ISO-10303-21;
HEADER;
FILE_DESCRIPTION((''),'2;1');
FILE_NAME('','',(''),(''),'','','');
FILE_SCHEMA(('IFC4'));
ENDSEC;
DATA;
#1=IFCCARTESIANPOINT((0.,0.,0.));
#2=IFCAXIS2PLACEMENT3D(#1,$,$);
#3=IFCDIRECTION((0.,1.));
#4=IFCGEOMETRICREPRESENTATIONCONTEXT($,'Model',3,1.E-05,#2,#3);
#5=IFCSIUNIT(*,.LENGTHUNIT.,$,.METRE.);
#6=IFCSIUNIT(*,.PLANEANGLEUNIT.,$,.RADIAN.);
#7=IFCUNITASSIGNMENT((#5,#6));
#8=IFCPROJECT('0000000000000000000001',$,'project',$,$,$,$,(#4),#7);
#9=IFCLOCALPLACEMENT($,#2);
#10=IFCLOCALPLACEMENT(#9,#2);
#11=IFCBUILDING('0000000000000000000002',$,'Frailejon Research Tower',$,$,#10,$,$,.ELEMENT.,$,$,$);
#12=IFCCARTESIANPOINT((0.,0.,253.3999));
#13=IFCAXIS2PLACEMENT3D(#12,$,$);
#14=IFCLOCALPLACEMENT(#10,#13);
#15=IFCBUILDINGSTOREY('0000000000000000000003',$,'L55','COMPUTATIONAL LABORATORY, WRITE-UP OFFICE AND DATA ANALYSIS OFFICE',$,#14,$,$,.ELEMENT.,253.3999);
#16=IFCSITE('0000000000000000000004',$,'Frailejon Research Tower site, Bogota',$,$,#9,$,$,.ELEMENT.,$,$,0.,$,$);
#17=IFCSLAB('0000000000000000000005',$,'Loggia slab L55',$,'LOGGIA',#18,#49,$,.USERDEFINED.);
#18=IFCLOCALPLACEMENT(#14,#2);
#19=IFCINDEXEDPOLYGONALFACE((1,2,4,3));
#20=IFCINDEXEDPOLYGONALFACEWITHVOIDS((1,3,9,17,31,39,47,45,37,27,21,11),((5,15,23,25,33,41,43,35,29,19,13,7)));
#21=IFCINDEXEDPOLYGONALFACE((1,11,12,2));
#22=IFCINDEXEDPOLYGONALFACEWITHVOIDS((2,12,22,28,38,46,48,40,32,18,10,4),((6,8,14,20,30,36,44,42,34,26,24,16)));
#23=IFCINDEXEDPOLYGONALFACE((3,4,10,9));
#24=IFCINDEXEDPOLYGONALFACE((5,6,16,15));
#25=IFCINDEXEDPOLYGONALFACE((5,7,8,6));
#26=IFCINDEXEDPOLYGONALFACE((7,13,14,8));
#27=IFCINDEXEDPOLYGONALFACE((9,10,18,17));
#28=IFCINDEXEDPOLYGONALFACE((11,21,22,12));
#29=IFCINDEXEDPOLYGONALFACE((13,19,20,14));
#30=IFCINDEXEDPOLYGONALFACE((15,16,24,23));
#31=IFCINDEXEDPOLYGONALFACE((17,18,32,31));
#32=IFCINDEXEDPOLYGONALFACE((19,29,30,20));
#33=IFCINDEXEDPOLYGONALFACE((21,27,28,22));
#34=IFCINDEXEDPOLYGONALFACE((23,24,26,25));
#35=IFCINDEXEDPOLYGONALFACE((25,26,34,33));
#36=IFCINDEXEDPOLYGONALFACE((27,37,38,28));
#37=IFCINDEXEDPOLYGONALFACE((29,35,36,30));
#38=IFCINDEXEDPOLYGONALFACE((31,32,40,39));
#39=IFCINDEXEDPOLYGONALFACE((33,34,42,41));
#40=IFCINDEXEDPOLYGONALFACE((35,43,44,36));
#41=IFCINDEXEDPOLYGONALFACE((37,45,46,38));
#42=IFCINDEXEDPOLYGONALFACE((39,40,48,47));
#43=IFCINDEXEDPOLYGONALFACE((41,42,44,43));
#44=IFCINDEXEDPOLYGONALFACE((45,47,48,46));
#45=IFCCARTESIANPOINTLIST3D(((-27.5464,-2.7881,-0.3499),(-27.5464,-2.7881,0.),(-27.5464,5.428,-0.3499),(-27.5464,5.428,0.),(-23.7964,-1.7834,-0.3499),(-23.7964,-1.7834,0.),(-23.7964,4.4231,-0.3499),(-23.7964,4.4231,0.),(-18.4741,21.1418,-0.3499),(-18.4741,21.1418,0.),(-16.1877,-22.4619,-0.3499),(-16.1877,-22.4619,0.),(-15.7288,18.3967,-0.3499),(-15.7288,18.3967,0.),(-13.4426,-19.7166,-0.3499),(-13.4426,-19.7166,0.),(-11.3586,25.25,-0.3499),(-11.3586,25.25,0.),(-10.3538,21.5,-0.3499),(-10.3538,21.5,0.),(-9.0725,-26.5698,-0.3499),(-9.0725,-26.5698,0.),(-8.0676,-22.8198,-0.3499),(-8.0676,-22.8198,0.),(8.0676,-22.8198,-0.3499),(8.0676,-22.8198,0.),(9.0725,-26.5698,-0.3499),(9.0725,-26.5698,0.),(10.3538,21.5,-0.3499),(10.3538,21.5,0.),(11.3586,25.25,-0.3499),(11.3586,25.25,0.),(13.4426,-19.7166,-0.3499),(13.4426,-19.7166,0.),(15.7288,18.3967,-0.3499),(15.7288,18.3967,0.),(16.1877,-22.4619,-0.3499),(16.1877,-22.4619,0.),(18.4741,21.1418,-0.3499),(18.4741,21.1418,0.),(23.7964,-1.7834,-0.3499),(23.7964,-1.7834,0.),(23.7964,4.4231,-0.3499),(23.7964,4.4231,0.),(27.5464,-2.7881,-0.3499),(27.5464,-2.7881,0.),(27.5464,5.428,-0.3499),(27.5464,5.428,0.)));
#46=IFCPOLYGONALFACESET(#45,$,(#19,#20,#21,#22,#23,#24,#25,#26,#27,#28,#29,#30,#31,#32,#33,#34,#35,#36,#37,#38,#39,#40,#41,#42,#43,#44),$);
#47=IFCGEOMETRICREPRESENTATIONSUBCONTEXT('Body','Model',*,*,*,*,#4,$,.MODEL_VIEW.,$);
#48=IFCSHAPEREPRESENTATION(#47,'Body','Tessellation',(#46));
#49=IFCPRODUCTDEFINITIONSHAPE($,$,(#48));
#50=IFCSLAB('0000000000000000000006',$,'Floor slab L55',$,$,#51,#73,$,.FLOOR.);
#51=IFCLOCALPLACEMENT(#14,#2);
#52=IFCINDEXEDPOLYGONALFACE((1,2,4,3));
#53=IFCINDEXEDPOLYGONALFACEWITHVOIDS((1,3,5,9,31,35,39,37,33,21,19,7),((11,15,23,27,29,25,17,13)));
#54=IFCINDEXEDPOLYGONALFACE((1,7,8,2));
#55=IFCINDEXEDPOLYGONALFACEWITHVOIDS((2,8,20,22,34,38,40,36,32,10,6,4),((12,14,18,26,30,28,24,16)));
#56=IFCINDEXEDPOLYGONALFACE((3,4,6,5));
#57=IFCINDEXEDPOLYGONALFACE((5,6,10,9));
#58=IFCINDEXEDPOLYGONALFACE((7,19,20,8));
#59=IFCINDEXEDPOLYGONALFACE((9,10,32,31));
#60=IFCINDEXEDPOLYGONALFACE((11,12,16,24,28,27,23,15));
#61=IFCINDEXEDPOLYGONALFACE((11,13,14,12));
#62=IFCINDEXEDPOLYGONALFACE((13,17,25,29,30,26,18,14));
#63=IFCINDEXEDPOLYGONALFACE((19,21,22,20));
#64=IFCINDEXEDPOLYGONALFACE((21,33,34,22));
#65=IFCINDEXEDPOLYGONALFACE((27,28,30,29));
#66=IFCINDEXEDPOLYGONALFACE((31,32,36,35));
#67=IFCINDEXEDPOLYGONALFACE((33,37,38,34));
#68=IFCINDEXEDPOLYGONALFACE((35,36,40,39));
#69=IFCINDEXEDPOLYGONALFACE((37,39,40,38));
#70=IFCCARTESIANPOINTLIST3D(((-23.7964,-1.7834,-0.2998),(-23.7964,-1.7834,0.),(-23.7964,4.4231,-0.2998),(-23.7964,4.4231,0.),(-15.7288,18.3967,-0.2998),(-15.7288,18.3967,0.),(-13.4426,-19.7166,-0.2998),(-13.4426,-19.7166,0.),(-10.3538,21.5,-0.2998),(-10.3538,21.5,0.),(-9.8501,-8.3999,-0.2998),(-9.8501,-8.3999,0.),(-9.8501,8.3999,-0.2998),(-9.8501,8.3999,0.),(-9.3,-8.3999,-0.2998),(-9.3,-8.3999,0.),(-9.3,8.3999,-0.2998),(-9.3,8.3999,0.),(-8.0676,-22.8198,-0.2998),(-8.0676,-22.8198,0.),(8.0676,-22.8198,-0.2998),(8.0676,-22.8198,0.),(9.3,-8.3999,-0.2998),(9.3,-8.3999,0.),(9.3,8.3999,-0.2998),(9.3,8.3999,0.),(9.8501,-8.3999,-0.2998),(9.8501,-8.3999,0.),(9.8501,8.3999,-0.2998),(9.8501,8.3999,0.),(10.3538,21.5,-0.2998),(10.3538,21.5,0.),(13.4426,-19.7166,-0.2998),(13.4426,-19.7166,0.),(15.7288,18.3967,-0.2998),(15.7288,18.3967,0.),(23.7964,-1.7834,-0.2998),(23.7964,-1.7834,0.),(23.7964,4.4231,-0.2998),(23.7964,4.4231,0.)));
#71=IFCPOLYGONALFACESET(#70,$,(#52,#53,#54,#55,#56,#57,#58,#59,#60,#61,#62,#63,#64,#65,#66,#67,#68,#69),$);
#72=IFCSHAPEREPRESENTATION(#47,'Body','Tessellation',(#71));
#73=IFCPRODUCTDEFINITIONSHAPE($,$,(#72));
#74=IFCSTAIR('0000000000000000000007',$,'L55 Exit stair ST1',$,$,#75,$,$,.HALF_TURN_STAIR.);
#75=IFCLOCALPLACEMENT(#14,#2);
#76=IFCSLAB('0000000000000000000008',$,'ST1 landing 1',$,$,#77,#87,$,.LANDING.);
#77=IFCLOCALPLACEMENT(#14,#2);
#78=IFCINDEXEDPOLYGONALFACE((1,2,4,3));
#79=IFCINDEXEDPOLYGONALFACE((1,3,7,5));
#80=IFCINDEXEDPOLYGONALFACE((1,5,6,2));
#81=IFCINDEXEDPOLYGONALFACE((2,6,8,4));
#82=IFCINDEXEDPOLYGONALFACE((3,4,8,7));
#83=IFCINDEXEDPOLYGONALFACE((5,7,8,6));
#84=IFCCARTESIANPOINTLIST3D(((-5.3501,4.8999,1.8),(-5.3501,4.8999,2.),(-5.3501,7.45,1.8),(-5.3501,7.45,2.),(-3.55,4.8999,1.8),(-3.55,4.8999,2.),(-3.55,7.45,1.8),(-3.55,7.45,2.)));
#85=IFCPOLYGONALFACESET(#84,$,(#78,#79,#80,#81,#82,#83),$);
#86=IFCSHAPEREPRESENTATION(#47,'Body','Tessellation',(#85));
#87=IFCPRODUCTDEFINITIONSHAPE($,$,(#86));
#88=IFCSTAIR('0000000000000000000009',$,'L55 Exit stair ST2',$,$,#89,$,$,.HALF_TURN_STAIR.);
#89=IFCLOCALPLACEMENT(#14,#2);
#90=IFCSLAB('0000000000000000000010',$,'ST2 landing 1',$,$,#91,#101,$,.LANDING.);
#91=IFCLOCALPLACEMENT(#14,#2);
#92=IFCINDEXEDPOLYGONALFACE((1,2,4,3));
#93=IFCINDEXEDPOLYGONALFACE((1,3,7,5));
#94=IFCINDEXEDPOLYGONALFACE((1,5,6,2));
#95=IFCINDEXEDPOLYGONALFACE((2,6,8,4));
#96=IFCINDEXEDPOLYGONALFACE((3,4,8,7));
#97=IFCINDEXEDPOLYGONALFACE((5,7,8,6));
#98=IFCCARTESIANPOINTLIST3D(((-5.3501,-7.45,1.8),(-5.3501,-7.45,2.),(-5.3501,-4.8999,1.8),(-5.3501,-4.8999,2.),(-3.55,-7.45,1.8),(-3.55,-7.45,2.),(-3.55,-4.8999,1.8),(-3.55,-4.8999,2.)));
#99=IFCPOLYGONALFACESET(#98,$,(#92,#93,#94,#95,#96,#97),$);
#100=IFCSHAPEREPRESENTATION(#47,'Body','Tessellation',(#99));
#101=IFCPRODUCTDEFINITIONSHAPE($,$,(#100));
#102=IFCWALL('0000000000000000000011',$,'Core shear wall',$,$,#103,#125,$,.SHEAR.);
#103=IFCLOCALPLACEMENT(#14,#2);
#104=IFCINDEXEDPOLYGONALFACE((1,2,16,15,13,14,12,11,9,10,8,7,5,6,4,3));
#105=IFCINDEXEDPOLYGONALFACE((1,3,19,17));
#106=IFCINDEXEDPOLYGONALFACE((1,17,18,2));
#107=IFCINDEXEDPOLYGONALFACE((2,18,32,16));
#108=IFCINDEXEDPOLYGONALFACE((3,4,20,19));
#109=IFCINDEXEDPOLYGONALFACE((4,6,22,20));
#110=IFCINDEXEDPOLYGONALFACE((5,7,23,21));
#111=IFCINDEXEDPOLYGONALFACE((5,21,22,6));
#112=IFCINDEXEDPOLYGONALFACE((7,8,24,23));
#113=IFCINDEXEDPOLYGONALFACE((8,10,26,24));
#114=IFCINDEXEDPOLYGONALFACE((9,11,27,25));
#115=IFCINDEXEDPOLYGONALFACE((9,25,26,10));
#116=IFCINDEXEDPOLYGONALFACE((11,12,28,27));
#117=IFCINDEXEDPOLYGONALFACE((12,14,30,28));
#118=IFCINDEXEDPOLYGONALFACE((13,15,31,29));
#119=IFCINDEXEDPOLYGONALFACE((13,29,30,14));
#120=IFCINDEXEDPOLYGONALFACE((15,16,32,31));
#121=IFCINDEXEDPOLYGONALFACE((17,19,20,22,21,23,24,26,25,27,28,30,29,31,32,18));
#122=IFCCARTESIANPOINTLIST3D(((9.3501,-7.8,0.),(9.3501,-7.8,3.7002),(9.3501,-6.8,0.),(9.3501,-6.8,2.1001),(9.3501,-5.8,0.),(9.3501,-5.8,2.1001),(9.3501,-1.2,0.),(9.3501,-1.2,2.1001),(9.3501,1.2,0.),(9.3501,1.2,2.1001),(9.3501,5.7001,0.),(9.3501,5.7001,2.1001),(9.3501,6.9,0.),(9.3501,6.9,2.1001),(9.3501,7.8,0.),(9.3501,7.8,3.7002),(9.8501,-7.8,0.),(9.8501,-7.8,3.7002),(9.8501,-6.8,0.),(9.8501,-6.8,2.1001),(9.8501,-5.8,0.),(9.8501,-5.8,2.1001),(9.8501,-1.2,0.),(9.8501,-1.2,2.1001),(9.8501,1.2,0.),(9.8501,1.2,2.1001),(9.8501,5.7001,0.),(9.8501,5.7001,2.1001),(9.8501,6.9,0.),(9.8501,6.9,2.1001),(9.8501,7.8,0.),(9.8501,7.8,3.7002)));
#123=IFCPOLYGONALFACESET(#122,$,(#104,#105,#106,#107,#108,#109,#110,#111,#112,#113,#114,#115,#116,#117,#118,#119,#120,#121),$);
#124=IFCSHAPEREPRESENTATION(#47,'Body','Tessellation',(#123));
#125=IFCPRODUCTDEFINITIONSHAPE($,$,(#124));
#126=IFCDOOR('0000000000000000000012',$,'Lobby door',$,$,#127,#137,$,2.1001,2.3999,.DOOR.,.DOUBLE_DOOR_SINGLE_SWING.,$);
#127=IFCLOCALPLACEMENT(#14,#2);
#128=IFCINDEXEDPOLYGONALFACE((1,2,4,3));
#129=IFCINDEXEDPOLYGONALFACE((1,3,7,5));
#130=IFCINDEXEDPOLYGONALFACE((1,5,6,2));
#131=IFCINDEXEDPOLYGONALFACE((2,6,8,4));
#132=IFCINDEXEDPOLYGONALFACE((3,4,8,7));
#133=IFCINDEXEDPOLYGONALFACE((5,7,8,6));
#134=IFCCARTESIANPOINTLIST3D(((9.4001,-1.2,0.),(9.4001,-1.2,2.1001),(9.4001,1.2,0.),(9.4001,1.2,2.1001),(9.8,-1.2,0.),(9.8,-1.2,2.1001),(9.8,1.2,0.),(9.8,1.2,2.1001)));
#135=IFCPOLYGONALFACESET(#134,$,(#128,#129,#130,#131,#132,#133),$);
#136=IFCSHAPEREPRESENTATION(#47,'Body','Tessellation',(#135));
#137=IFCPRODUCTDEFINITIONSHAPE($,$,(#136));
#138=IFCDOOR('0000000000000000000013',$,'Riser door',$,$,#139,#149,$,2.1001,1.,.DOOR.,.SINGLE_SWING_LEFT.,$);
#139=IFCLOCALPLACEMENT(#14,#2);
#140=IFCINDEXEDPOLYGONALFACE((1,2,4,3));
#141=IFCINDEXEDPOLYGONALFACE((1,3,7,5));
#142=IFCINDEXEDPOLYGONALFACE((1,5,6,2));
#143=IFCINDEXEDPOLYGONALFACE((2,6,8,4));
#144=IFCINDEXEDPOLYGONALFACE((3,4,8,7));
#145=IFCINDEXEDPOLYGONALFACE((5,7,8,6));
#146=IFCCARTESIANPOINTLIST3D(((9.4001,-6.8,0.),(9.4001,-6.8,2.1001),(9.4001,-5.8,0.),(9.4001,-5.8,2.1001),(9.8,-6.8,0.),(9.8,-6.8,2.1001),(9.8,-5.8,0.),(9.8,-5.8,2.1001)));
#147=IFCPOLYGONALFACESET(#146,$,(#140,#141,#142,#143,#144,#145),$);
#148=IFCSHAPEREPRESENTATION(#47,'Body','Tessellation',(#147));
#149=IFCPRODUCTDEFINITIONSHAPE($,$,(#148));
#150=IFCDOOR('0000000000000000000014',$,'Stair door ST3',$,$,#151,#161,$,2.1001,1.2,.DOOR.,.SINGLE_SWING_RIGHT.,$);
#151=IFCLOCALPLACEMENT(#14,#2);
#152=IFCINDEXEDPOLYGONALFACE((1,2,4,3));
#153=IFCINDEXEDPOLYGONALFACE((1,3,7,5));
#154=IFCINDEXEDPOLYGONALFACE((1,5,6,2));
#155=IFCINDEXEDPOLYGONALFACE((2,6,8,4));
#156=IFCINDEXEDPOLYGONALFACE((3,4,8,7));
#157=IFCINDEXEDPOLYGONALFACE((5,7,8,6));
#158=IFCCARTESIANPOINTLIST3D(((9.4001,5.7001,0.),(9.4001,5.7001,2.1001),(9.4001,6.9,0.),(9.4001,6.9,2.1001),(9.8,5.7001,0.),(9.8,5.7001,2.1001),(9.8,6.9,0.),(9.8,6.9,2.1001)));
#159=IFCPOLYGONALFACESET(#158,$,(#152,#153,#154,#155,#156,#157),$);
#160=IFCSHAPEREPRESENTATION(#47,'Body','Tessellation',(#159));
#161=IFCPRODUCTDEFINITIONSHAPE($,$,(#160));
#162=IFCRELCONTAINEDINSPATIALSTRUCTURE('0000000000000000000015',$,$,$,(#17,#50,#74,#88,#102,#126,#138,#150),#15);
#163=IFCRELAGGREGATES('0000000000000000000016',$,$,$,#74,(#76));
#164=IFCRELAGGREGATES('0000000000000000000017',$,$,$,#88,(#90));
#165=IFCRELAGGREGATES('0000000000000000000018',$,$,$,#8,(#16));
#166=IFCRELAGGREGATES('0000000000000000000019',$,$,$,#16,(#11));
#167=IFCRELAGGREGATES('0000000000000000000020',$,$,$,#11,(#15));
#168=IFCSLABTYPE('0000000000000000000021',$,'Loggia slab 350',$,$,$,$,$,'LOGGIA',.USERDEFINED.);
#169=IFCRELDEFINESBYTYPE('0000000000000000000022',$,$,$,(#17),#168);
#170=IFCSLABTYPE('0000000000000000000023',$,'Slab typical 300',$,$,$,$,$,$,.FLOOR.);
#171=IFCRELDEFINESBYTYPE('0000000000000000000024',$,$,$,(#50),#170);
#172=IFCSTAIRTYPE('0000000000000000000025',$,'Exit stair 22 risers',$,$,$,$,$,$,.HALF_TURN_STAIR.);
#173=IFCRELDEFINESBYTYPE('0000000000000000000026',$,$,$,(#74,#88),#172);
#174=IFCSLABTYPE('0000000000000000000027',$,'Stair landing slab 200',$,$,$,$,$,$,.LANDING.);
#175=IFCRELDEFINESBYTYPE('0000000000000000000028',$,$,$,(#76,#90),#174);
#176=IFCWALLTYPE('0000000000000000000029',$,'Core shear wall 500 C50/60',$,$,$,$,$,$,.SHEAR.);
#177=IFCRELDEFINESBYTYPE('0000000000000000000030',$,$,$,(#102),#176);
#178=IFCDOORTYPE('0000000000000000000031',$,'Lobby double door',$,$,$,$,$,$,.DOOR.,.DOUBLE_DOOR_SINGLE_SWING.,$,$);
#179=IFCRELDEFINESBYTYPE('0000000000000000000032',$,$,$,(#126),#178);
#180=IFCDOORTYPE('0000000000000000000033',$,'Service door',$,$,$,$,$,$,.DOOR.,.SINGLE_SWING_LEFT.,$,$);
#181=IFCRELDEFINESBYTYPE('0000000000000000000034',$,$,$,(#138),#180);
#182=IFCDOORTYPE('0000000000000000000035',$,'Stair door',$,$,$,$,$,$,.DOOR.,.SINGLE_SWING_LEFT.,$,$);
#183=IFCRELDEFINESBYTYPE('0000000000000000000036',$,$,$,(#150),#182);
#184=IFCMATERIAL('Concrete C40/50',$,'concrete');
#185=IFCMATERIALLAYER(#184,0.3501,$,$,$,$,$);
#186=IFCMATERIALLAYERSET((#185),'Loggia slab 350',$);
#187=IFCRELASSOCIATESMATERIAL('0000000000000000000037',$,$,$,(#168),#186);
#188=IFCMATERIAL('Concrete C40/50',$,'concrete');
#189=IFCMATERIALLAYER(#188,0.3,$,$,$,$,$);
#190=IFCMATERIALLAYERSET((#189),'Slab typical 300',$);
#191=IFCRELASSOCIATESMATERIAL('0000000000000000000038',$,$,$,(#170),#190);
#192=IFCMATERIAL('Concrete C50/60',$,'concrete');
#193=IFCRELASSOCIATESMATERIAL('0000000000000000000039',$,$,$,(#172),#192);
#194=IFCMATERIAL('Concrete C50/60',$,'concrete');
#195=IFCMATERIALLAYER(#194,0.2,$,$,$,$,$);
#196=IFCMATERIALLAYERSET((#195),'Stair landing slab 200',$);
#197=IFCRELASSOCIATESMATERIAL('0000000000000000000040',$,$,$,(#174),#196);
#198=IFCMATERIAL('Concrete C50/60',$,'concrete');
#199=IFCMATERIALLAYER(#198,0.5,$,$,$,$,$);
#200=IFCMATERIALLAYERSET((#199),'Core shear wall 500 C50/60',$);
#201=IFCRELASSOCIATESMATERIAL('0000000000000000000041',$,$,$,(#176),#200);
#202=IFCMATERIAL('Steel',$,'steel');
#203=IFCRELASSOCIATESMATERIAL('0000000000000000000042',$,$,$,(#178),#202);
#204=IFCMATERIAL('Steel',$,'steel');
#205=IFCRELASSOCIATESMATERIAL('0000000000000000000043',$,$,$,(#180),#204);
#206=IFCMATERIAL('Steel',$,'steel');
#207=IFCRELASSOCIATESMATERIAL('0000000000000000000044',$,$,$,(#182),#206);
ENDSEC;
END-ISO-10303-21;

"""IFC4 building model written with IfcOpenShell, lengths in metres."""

from ifc_helpers import new_model, si_unit, direction, frame, frame_2d, origin, place, context, subcontext, project, spatial, polyline, rectangle, outline, extrude, material, layer, layer_set, type_object, element, fill, aggregate, save


model = new_model("IFC4")

# Units and contexts
model_context = context("Model", 3, precision=1e-05, world=origin(), true_north=direction((0.0, 1.0)))
body_context = subcontext(model_context, "Body", "Model", "MODEL_VIEW")
ifc_project = project(units=[si_unit("LENGTHUNIT", "METRE"), si_unit("PLANEANGLEUNIT", "RADIAN")], contexts=[model_context])

# Site, building, storey
site_placement = place(None, origin())
site = spatial("IfcSite", under=ifc_project, at=site_placement, Name="Frailejon Research Tower site, Bogota", CompositionType="ELEMENT", RefElevation=0.0)
building_placement = place(site_placement, origin())
building = spatial("IfcBuilding", under=site, at=building_placement, Name="Frailejon Research Tower", CompositionType="ELEMENT")
storey_placement = place(building_placement, frame((0.0, 0.0, 253.3999)))
storey = spatial("IfcBuildingStorey", under=building, at=storey_placement, Name="L55", Description="COMPUTATIONAL LABORATORY, WRITE-UP OFFICE AND DATA ANALYSIS OFFICE", CompositionType="ELEMENT", Elevation=253.3999)

# Slabs
ifc_material_1 = material(Name="Concrete C40/50", Category="concrete")
ifc_layer_1 = layer(ifc_material_1, 0.3501)
ifc_layer_set_1 = layer_set([ifc_layer_1], Name="Loggia slab 350")
slab_type_1 = type_object("IfcSlabType", Name="Loggia slab 350", ElementType="LOGGIA", PredefinedType="USERDEFINED", material=ifc_layer_set_1)
slab_1_placement = place(storey_placement, frame((0.0, 0.0, -0.3499)))
element("IfcSlab", 1, at=slab_1_placement, inside=storey, type_object=slab_type_1, Name="Loggia slab L55", ObjectType="LOGGIA", PredefinedType="USERDEFINED", context=body_context, shape_type="SweptSolid", body=[
    extrude(outline(polyline([(16.1877, -22.4619), (9.0725, -26.5698), (-9.0725, -26.5698), (-16.1877, -22.4619), (-27.5464, -2.7881), (-27.5464, 5.428), (-18.4741, 21.1418), (-11.3586, 25.25), (11.3586, 25.25), (18.4741, 21.1418), (27.5464, 5.428), (27.5464, -2.7881), (16.1877, -22.4619)]), holes=[polyline([(23.7964, 4.4231), (15.7288, 18.3967), (10.3538, 21.5), (-10.3538, 21.5), (-15.7288, 18.3967), (-23.7964, 4.4231), (-23.7964, -1.7834), (-13.4426, -19.7166), (-8.0676, -22.8198), (8.0676, -22.8198), (13.4426, -19.7166), (23.7964, -1.7834), (23.7964, 4.4231)])]), origin(), (0.0, 0.0, 1.0), 0.3499),
])
ifc_material_2 = material(Name="Concrete C40/50", Category="concrete")
ifc_layer_2 = layer(ifc_material_2, 0.3)
ifc_layer_set_2 = layer_set([ifc_layer_2], Name="Slab typical 300")
slab_type_2 = type_object("IfcSlabType", Name="Slab typical 300", PredefinedType="FLOOR", material=ifc_layer_set_2)
slab_2_placement = place(storey_placement, frame((0.0, 0.0, -0.2998)))
element("IfcSlab", 2, at=slab_2_placement, inside=storey, type_object=slab_type_2, Name="Floor slab L55", PredefinedType="FLOOR", context=body_context, shape_type="SweptSolid", body=[
    extrude(outline(polyline([(23.7964, -1.7834), (23.7964, 4.4231), (15.7288, 18.3967), (10.3538, 21.5), (-10.3538, 21.5), (-15.7288, 18.3967), (-23.7964, 4.4231), (-23.7964, -1.7834), (-13.4426, -19.7166), (-8.0676, -22.8198), (8.0676, -22.8198), (13.4426, -19.7166), (23.7964, -1.7834)]), holes=[polyline([(9.3, 8.3999), (9.8501, 8.3999), (9.8501, -8.3999), (9.3, -8.3999), (-9.3, -8.3999), (-9.8501, -8.3999), (-9.8501, 8.3999), (-9.3, 8.3999), (9.3, 8.3999)])]), origin(), (0.0, 0.0, 1.0), 0.2998),
])

# Stairs, slabs
ifc_material_3 = material(Name="Concrete C50/60", Category="concrete")
stair_type = type_object("IfcStairType", Name="Exit stair 22 risers", PredefinedType="HALF_TURN_STAIR", material=ifc_material_3)
stair_1_placement = place(storey_placement, origin())
stair_1 = element("IfcStair", 3, at=stair_1_placement, inside=storey, type_object=stair_type, Name="L55 Exit stair ST1", PredefinedType="HALF_TURN_STAIR")
ifc_material_4 = material(Name="Concrete C50/60", Category="concrete")
ifc_layer_3 = layer(ifc_material_4, 0.2)
ifc_layer_set_3 = layer_set([ifc_layer_3], Name="Stair landing slab 200")
slab_type_3 = type_object("IfcSlabType", Name="Stair landing slab 200", PredefinedType="LANDING", material=ifc_layer_set_3)
slab_3_placement = place(storey_placement, frame((0.0, 0.0, 1.8)))
slab_3 = element("IfcSlab", 4, at=slab_3_placement, type_object=slab_type_3, Name="ST1 landing 1", PredefinedType="LANDING", context=body_context, shape_type="SweptSolid", body=[
    extrude(outline(polyline([(-5.3501, 4.8999), (-3.55, 4.8999), (-3.55, 7.45), (-5.3501, 7.45), (-5.3501, 4.8999)])), origin(), (0.0, 0.0, 1.0), 0.2),
])
aggregate(stair_1, [slab_3])
stair_2_placement = place(storey_placement, origin())
stair_2 = element("IfcStair", 5, at=stair_2_placement, inside=storey, type_object=stair_type, Name="L55 Exit stair ST2", PredefinedType="HALF_TURN_STAIR")
slab_4_placement = place(storey_placement, frame((0.0, 0.0, 1.8)))
slab_4 = element("IfcSlab", 6, at=slab_4_placement, type_object=slab_type_3, Name="ST2 landing 1", PredefinedType="LANDING", context=body_context, shape_type="SweptSolid", body=[
    extrude(outline(polyline([(-5.3501, -7.45), (-3.55, -7.45), (-3.55, -4.8999), (-5.3501, -4.8999), (-5.3501, -7.45)])), origin(), (0.0, 0.0, 1.0), 0.2),
])
aggregate(stair_2, [slab_4])

# Wall, openings, doors
ifc_material_5 = material(Name="Concrete C50/60", Category="concrete")
ifc_layer_4 = layer(ifc_material_5, 0.5)
ifc_layer_set_4 = layer_set([ifc_layer_4], Name="Core shear wall 500 C50/60")
wall_type_1 = type_object("IfcWallType", Name="Core shear wall 500 C50/60", PredefinedType="SHEAR", material=ifc_layer_set_4)
wall_1_placement = place(storey_placement, frame((9.6001, -7.8, 0.0), z_axis=(0.0, 0.0, 1.0), x_axis=(0.0, 1.0, 0.0)))
wall_1 = element("IfcWall", 7, at=wall_1_placement, inside=storey, type_object=wall_type_1, Name="Core shear wall", PredefinedType="SHEAR", context=body_context, shape_type="SweptSolid", body=[
    extrude(rectangle(XDim=15.6001, YDim=0.5, at=frame_2d((7.8, 0.0))), origin(), (0.0, 0.0, 1.0), 3.7002),
])
opening_1_placement = place(wall_1_placement, frame((6.6001, 0.0, 0.0)))
opening_1 = element("IfcOpeningElement", 8, at=opening_1_placement, cuts=wall_1, PredefinedType="OPENING", context=body_context, shape_type="SweptSolid", body=[
    extrude(rectangle(XDim=2.3999, YDim=2.1001, at=frame_2d((1.2, 1.05))), frame((0.0, 0.26, 0.0), z_axis=(0.0, -1.0, 0.0), x_axis=(1.0, 0.0, 0.0)), (0.0, 0.0, 1.0), 0.52),
])
opening_2_placement = place(wall_1_placement, frame((13.5, 0.0, 0.0)))
opening_2 = element("IfcOpeningElement", 9, at=opening_2_placement, cuts=wall_1, PredefinedType="OPENING", context=body_context, shape_type="SweptSolid", body=[
    extrude(rectangle(XDim=1.2, YDim=2.1001, at=frame_2d((0.6001, 1.05))), frame((0.0, 0.26, 0.0), z_axis=(0.0, -1.0, 0.0), x_axis=(1.0, 0.0, 0.0)), (0.0, 0.0, 1.0), 0.52),
])
opening_3_placement = place(wall_1_placement, frame((1.0, 0.0, 0.0)))
opening_3 = element("IfcOpeningElement", 10, at=opening_3_placement, cuts=wall_1, PredefinedType="OPENING", context=body_context, shape_type="SweptSolid", body=[
    extrude(rectangle(XDim=1.0, YDim=2.1001, at=frame_2d((0.5, 1.05))), frame((0.0, 0.26, 0.0), z_axis=(0.0, -1.0, 0.0), x_axis=(1.0, 0.0, 0.0)), (0.0, 0.0, 1.0), 0.52),
])
ifc_material_6 = material(Name="Steel", Category="steel")
door_type_1 = type_object("IfcDoorType", Name="Lobby double door", OperationType="DOUBLE_DOOR_SINGLE_SWING", PredefinedType="DOOR", material=ifc_material_6)
door_1_placement = place(opening_1_placement, origin())
door_1 = element("IfcDoor", 11, at=door_1_placement, inside=storey, type_object=door_type_1, Name="Lobby door", OperationType="DOUBLE_DOOR_SINGLE_SWING", OverallHeight=2.1001, OverallWidth=2.3999, PredefinedType="DOOR", context=body_context, shape_type="SweptSolid", body=[
    extrude(rectangle(XDim=2.3999, YDim=2.1001, at=frame_2d((1.2, 1.05))), frame((0.0, 0.2, 0.0), z_axis=(0.0, -1.0, 0.0), x_axis=(1.0, 0.0, 0.0)), (0.0, 0.0, 1.0), 0.3999),
])
fill(opening_1, door_1)
ifc_material_7 = material(Name="Steel", Category="steel")
door_type_2 = type_object("IfcDoorType", Name="Service door", OperationType="SINGLE_SWING_LEFT", PredefinedType="DOOR", material=ifc_material_7)
door_2_placement = place(opening_3_placement, origin())
door_2 = element("IfcDoor", 12, at=door_2_placement, inside=storey, type_object=door_type_2, Name="Riser door", OperationType="SINGLE_SWING_LEFT", OverallHeight=2.1001, OverallWidth=1.0, PredefinedType="DOOR", context=body_context, shape_type="SweptSolid", body=[
    extrude(rectangle(XDim=1.0, YDim=2.1001, at=frame_2d((0.5, 1.05))), frame((0.0, 0.2, 0.0), z_axis=(0.0, -1.0, 0.0), x_axis=(1.0, 0.0, 0.0)), (0.0, 0.0, 1.0), 0.3999),
])
fill(opening_3, door_2)
ifc_material_8 = material(Name="Steel", Category="steel")
door_type_3 = type_object("IfcDoorType", Name="Stair door", OperationType="SINGLE_SWING_LEFT", PredefinedType="DOOR", material=ifc_material_8)
door_3_placement = place(opening_2_placement, origin())
door_3 = element("IfcDoor", 13, at=door_3_placement, inside=storey, type_object=door_type_3, Name="Stair door ST3", OperationType="SINGLE_SWING_RIGHT", OverallHeight=2.1001, OverallWidth=1.2, PredefinedType="DOOR", context=body_context, shape_type="SweptSolid", body=[
    extrude(rectangle(XDim=1.2, YDim=2.1001, at=frame_2d((0.6001, 1.05))), frame((0.0, 0.2, 0.0), z_axis=(0.0, -1.0, 0.0), x_axis=(1.0, 0.0, 0.0)), (0.0, 0.0, 1.0), 0.3999),
])
fill(opening_2, door_3)

save(model, "model.ifc")
